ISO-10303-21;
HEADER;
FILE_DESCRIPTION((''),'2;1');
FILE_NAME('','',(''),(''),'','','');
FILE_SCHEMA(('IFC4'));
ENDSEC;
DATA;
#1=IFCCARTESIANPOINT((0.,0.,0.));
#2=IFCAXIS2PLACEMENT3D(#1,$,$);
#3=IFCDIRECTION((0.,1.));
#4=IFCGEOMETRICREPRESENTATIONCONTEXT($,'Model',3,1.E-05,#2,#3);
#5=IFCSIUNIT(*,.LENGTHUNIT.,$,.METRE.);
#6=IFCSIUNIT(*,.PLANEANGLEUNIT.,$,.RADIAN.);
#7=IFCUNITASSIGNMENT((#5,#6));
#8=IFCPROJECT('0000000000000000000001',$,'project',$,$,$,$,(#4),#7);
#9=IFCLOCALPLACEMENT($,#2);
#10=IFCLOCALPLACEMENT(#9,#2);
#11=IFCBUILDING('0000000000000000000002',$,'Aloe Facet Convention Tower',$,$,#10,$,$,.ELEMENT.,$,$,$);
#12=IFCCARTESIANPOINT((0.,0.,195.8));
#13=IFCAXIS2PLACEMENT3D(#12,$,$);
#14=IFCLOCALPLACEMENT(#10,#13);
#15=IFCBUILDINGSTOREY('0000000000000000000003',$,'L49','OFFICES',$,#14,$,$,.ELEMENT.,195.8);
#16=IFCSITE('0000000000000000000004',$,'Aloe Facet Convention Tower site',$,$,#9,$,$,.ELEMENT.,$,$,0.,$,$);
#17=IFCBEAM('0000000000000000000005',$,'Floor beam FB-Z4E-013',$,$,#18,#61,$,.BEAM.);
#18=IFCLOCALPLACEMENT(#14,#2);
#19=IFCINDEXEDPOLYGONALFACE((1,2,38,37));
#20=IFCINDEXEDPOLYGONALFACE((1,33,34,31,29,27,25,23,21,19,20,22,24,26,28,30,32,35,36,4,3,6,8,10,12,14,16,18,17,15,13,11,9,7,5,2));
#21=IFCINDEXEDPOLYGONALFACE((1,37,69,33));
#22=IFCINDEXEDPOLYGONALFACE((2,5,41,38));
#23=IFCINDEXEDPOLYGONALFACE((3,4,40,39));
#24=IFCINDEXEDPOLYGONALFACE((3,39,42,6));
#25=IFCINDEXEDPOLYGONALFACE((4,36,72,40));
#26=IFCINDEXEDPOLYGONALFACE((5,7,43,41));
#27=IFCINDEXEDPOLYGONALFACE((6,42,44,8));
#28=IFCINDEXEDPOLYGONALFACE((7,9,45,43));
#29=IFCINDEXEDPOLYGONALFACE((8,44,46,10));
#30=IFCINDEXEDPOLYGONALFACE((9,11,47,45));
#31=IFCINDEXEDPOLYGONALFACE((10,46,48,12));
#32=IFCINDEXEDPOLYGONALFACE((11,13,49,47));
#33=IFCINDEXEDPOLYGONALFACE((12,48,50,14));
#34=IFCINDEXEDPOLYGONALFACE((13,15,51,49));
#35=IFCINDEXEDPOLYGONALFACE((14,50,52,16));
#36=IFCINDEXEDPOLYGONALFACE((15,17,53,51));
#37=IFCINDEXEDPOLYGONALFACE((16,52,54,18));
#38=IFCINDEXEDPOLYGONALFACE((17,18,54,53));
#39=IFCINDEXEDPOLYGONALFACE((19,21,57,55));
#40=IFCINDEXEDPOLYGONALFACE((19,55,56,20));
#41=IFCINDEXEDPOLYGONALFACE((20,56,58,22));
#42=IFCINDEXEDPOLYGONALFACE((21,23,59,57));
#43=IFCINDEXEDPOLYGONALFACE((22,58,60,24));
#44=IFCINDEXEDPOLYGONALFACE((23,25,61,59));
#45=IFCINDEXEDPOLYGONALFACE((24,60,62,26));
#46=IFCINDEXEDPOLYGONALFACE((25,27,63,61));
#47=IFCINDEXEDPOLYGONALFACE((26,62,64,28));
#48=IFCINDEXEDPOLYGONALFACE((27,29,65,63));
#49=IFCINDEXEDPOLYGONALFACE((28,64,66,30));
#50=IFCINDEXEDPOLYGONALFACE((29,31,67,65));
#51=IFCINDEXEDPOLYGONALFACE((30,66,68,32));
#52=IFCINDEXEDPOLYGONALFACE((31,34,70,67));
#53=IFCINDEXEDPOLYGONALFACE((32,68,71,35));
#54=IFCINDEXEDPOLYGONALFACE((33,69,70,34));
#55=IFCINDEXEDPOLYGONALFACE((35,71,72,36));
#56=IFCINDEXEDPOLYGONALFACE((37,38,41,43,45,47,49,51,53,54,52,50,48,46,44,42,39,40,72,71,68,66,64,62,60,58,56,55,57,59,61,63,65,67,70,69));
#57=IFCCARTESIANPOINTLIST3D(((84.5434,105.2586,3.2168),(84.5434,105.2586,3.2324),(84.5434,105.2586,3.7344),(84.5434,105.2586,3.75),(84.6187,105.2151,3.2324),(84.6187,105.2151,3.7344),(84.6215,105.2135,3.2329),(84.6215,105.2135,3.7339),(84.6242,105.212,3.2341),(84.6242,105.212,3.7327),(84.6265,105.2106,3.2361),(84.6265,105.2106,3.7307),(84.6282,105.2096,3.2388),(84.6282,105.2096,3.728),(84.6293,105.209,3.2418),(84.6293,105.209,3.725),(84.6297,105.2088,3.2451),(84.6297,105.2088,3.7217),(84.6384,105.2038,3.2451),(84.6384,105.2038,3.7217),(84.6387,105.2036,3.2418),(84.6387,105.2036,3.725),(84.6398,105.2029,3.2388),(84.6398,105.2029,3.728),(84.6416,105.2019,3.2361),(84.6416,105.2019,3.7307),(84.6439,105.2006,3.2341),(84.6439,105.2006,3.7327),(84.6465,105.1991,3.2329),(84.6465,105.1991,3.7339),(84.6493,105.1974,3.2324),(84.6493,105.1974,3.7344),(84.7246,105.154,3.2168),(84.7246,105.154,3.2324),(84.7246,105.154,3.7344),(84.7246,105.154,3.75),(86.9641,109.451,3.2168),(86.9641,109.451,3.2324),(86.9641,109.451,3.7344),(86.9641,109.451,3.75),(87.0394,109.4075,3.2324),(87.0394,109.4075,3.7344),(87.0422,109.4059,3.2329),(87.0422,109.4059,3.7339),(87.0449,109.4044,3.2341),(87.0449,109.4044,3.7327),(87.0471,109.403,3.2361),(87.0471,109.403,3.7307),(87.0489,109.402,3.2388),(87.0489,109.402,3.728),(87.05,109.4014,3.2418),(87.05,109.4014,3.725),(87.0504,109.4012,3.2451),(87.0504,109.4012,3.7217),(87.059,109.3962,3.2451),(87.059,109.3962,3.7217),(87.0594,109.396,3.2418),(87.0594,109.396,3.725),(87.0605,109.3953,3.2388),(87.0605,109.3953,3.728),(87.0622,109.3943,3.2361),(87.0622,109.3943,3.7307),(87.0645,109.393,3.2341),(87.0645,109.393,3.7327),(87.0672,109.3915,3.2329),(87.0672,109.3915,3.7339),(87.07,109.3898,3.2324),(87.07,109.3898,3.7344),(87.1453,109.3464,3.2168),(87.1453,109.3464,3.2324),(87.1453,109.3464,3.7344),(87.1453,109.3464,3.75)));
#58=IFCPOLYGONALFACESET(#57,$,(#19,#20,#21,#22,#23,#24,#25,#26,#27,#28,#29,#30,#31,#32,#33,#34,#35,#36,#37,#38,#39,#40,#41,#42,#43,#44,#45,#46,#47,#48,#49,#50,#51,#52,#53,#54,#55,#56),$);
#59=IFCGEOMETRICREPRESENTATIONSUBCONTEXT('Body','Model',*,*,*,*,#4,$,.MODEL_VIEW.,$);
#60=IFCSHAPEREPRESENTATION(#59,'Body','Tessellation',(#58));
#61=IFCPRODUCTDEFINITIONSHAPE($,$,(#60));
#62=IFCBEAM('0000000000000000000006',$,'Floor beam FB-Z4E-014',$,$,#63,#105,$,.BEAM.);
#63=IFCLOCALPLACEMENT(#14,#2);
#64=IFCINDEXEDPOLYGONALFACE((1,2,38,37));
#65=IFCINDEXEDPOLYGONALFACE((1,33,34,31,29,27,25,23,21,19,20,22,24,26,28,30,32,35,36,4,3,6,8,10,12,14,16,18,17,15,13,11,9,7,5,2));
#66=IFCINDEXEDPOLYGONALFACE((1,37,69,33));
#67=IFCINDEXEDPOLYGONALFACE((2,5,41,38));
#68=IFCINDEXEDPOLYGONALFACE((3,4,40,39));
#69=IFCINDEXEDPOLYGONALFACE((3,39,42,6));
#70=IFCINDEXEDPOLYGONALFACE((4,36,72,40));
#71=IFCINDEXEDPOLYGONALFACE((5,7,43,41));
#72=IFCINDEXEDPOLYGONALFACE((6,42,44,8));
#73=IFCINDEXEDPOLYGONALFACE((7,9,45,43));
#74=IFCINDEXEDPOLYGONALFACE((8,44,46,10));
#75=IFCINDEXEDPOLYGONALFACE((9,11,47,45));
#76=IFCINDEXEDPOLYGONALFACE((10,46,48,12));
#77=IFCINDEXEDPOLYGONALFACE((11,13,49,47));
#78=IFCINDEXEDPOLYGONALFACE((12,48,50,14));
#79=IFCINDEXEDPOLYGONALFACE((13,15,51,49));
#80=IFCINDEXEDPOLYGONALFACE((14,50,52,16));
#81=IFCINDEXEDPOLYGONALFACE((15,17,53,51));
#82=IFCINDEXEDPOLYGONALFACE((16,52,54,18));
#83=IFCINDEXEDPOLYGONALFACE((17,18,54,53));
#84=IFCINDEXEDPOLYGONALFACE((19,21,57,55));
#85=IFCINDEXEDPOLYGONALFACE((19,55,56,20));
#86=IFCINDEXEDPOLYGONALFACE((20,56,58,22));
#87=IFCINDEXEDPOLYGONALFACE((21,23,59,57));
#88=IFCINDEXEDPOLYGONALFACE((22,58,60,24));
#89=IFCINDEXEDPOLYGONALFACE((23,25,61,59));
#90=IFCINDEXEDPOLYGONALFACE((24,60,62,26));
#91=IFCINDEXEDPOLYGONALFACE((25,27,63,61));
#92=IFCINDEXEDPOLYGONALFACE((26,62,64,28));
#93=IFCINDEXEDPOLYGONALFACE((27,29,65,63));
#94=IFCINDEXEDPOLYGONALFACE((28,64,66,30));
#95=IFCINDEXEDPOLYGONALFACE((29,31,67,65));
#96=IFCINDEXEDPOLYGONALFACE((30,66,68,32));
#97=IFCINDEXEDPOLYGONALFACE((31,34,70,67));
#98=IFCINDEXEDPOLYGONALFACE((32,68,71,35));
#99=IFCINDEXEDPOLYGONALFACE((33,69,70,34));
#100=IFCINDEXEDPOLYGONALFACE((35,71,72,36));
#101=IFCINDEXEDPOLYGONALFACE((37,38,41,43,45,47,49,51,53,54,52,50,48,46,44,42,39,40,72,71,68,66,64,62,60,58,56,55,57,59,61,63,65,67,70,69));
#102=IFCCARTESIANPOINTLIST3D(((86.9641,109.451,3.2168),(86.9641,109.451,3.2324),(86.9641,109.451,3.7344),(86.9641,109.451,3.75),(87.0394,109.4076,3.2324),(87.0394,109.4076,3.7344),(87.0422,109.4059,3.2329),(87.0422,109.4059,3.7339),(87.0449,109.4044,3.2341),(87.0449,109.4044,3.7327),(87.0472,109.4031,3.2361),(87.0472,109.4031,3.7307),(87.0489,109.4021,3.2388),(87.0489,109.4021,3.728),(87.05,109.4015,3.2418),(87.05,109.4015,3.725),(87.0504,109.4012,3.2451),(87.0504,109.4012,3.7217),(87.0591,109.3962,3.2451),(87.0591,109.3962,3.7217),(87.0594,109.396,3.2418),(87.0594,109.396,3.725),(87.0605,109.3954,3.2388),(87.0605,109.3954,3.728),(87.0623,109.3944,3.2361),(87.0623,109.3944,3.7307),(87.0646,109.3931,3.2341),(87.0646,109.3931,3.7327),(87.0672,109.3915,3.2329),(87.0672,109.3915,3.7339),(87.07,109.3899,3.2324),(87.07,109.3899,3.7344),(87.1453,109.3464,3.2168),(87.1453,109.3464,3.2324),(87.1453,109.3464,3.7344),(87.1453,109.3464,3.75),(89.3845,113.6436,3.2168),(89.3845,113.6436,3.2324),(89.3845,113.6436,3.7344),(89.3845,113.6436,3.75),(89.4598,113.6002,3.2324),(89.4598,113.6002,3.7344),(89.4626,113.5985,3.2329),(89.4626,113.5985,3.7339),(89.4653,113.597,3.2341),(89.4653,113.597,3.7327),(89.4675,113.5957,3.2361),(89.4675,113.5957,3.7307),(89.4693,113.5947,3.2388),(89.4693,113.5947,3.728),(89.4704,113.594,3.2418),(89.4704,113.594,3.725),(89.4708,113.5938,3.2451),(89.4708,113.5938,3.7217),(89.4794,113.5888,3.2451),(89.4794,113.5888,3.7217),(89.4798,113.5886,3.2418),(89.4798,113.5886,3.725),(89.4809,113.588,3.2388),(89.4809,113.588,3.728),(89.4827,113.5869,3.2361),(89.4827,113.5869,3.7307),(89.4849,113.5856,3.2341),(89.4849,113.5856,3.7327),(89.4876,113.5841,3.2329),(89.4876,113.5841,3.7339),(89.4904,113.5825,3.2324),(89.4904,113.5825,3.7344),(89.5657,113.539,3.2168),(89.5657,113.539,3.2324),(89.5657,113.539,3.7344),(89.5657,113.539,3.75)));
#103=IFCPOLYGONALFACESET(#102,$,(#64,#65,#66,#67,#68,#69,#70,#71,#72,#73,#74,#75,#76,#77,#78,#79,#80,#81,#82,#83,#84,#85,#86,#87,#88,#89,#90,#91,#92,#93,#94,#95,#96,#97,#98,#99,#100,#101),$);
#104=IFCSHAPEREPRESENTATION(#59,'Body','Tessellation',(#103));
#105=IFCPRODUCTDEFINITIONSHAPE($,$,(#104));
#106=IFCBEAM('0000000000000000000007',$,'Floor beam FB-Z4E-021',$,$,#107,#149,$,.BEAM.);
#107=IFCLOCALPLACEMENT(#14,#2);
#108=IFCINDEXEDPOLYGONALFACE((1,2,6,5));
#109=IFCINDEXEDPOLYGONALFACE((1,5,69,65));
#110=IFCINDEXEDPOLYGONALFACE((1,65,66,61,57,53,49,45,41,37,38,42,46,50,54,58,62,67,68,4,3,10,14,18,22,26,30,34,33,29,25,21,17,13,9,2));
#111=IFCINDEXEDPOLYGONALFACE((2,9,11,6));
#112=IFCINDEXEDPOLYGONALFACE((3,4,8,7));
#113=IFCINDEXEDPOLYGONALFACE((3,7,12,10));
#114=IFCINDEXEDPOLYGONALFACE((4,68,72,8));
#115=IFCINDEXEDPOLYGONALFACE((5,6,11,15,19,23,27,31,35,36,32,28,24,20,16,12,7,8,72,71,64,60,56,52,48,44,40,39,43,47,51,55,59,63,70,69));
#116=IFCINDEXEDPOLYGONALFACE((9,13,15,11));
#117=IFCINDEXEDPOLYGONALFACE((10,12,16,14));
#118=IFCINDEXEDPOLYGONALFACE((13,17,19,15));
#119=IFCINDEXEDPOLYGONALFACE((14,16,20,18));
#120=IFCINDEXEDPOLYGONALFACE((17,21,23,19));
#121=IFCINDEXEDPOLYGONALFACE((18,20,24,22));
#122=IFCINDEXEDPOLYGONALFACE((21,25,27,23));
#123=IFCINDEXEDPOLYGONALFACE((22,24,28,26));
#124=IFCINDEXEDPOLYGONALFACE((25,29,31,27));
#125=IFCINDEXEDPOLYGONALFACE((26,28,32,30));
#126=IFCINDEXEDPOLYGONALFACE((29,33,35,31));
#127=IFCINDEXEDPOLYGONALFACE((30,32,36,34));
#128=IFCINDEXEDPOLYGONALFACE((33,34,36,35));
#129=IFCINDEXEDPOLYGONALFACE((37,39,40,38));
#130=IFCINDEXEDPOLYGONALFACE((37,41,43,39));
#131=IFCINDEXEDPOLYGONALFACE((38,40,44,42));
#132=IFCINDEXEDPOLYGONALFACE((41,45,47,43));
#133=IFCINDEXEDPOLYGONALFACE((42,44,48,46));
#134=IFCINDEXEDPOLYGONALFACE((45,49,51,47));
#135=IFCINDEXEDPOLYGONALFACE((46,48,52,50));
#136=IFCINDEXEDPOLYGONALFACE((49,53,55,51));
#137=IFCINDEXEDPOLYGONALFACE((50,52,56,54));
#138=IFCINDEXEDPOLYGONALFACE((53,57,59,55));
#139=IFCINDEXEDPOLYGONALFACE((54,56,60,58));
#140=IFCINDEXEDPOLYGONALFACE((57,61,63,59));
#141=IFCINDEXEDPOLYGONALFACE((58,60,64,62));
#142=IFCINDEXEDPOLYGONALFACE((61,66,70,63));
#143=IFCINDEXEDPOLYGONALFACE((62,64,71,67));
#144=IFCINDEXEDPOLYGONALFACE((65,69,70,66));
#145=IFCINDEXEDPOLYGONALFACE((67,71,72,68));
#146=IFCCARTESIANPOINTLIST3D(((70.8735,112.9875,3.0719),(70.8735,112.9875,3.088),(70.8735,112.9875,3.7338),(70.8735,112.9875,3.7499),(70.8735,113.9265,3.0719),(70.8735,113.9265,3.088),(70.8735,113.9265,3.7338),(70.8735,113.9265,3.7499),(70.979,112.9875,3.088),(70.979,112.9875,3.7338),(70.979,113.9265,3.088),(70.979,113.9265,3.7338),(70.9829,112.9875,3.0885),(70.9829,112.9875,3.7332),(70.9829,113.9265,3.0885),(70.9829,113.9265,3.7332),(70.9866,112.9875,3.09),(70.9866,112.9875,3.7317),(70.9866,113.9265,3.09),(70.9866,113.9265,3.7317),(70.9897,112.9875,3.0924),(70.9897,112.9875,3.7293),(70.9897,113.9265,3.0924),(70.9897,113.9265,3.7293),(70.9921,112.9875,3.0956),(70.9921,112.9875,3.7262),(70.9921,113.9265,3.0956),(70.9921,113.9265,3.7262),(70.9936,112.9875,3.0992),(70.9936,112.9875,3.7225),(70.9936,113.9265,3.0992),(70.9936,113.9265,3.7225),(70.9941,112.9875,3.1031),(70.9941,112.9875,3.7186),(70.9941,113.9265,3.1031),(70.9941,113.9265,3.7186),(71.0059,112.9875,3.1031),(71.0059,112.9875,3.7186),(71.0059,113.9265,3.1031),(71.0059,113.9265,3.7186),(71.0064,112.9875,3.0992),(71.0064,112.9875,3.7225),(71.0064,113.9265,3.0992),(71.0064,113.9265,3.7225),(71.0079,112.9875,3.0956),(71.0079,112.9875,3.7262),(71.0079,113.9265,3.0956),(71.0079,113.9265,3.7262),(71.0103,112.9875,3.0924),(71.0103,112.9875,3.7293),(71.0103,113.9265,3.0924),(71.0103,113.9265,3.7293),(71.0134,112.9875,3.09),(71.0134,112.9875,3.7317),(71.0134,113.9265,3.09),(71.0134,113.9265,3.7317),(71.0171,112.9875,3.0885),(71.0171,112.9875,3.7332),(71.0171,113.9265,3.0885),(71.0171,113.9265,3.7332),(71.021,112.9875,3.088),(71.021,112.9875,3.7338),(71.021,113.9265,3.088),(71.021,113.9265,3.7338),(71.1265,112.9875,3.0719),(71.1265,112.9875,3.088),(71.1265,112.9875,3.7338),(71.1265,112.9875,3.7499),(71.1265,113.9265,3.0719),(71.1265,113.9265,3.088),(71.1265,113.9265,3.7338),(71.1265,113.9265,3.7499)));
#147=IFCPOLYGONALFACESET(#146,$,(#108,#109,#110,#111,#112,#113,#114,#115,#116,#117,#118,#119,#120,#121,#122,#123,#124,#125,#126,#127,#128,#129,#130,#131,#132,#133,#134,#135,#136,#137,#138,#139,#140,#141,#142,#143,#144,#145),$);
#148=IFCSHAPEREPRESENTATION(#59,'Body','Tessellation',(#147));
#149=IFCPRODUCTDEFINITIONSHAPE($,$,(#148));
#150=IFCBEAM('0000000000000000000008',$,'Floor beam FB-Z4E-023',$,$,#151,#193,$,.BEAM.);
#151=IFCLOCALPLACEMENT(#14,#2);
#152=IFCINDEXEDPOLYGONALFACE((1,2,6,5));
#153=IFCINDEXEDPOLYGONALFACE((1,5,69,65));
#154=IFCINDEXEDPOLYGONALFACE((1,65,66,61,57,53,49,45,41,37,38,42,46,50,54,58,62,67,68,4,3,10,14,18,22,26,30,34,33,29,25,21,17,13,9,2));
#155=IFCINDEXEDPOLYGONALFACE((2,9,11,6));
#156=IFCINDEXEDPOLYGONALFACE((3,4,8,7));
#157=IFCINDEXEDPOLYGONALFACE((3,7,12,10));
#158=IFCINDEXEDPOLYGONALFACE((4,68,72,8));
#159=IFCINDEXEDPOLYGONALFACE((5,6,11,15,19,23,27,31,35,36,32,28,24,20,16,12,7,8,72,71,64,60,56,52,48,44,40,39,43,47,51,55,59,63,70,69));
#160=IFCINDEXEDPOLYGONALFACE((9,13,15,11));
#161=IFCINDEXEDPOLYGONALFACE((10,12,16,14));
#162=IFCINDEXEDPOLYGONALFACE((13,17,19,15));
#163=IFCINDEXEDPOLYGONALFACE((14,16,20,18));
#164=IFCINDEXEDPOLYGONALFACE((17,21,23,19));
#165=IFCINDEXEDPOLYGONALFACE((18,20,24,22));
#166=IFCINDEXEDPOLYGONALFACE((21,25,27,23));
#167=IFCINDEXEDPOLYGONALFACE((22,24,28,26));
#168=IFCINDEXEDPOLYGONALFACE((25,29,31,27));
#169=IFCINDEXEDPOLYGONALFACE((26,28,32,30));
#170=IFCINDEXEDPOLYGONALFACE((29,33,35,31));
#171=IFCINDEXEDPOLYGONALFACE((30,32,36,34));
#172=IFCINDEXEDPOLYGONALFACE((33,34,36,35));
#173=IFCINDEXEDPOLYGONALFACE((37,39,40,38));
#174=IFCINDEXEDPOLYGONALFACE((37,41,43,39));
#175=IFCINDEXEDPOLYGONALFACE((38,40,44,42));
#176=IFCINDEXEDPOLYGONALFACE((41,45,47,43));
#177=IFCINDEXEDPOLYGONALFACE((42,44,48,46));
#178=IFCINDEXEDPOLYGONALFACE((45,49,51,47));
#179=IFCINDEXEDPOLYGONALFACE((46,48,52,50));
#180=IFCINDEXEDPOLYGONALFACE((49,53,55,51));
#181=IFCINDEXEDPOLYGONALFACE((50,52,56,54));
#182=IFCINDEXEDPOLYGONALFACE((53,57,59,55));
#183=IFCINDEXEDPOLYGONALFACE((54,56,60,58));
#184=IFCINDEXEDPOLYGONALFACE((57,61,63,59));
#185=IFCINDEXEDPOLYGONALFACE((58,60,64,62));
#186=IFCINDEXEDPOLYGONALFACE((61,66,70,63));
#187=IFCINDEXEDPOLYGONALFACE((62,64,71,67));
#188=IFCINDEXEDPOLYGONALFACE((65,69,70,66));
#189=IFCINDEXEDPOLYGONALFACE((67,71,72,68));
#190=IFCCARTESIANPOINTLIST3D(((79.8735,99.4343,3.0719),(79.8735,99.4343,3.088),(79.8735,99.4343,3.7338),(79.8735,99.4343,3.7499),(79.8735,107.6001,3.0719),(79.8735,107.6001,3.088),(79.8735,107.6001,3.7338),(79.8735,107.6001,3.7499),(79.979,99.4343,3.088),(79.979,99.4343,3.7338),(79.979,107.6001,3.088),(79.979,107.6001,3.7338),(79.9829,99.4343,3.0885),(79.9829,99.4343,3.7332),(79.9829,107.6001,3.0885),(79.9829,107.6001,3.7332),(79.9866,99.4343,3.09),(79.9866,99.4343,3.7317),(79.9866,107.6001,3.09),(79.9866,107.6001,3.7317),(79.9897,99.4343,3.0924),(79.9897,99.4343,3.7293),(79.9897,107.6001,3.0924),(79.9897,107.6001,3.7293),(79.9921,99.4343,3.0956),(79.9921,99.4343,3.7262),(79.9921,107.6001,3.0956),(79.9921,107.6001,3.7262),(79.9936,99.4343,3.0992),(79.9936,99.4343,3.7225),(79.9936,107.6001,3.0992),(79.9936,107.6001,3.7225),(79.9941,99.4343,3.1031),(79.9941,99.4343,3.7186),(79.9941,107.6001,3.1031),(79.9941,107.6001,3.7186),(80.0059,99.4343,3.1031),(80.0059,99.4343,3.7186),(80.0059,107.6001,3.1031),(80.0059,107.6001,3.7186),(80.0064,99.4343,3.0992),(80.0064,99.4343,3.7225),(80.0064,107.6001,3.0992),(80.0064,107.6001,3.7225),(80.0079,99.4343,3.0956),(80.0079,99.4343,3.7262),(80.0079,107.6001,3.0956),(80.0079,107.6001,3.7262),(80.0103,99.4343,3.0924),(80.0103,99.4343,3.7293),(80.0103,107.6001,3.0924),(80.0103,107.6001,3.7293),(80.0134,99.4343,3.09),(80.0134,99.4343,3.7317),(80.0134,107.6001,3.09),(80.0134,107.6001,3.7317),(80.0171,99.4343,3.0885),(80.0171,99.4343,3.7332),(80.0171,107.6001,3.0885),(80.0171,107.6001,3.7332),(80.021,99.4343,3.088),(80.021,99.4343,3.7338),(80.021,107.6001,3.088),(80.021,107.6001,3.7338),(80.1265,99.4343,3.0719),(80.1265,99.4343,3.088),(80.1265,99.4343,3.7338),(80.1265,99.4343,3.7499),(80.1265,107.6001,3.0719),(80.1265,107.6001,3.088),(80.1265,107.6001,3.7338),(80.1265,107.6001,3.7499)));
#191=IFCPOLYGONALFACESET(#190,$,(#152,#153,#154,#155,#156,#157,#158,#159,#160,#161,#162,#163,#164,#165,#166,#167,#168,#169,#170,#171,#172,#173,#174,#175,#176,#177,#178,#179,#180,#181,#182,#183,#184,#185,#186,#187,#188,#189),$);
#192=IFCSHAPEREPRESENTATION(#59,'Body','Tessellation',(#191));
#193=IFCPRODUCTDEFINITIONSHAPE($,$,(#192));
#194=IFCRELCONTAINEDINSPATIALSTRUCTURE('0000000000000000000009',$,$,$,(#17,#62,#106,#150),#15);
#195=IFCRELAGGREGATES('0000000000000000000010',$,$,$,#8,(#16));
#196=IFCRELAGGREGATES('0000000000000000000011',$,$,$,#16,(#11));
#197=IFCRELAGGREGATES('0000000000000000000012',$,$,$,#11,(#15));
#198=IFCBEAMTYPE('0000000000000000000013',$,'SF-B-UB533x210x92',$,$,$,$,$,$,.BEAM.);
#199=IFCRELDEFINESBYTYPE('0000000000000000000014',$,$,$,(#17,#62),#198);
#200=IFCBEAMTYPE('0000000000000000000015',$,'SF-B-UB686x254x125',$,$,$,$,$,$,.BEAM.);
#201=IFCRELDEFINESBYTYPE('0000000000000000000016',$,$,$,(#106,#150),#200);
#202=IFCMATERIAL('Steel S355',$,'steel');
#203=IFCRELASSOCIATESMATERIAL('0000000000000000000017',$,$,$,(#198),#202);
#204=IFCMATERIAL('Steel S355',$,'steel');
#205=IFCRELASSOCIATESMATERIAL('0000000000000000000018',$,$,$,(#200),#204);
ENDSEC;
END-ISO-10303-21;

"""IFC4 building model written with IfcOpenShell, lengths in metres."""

from ifc_helpers import new_model, si_unit, direction, frame, origin, origin_2d, place, context, subcontext, project, spatial, i_section, extrude, material, material_profile, profile_set, type_object, element, save


model = new_model("IFC4")

# Units and contexts
model_context = context("Model", 3, precision=1e-05, world=origin(), true_north=direction((0.0, 1.0)))
body_context = subcontext(model_context, "Body", "Model", "MODEL_VIEW")
ifc_project = project(units=[si_unit("LENGTHUNIT", "METRE"), si_unit("PLANEANGLEUNIT", "RADIAN")], contexts=[model_context])

# Site, building, storey
site_placement = place(None, origin())
site = spatial("IfcSite", under=ifc_project, at=site_placement, Name="Aloe Facet Convention Tower site", CompositionType="ELEMENT", RefElevation=0.0)
building_placement = place(site_placement, origin())
building = spatial("IfcBuilding", under=site, at=building_placement, Name="Aloe Facet Convention Tower", CompositionType="ELEMENT")
storey_placement = place(building_placement, frame((0.0, 0.0, 195.8)))
storey = spatial("IfcBuildingStorey", under=building, at=storey_placement, Name="L49", Description="OFFICES", CompositionType="ELEMENT", Elevation=195.8)

# Beams
ifc_material_1 = material(Name="Steel S355", Category="steel")
ifc_material_profile_1 = material_profile(ifc_material_1, i_section(OverallWidth=0.2092, OverallDepth=0.5332, WebThickness=0.01, FlangeThickness=0.0156, FilletRadius=0.0127, at=origin_2d()), Name="UB 533x210x92")
ifc_profile_set_1 = profile_set([ifc_material_profile_1], Name="Steel S355")
beam_type_1 = type_object("IfcBeamType", Name="SF-B-UB533x210x92", PredefinedType="BEAM", material=ifc_profile_set_1)
for number, where, z_axis, x_axis, name in (
    (1, (87.0547, 109.3987, 3.4834), (-0.500028, -0.866009, 0.0), (0.866009, -0.500028, 0.0), "Floor beam FB-Z4E-013"),
    (2, (89.4751, 113.5913, 3.4834), (-0.499968, -0.866044, 0.0), (0.866044, -0.499968, 0.0), "Floor beam FB-Z4E-014"),
):
    element("IfcBeam", number, at=place(storey_placement, frame(where, z_axis=z_axis, x_axis=x_axis)), inside=storey, type_object=beam_type_1, Name=name, PredefinedType="BEAM", context=body_context, shape_type="SweptSolid", body=[
        extrude(i_section(OverallWidth=0.2092, OverallDepth=0.5332, WebThickness=0.01, FlangeThickness=0.0156, FilletRadius=0.0127, at=origin_2d()), origin(), (0.0, 0.0, 1.0), 4.8411),
    ])
ifc_material_2 = material(Name="Steel S355", Category="steel")
ifc_material_profile_2 = material_profile(ifc_material_2, i_section(OverallWidth=0.2529, OverallDepth=0.678, WebThickness=0.0117, FlangeThickness=0.0161, FilletRadius=0.0151, at=origin_2d()), Name="UB 686x254x125")
ifc_profile_set_2 = profile_set([ifc_material_profile_2], Name="Steel S355")
beam_type_2 = type_object("IfcBeamType", Name="SF-B-UB686x254x125", PredefinedType="BEAM", material=ifc_profile_set_2)
beam_1_placement = place(storey_placement, frame((71.0, 113.9265, 3.4109), z_axis=(0.0, -1.0, 0.0), x_axis=(1.0, 0.0, 0.0)))
element("IfcBeam", 3, at=beam_1_placement, inside=storey, type_object=beam_type_2, Name="Floor beam FB-Z4E-021", PredefinedType="BEAM", context=body_context, shape_type="SweptSolid", body=[
    extrude(i_section(OverallWidth=0.2529, OverallDepth=0.678, WebThickness=0.0117, FlangeThickness=0.0161, FilletRadius=0.0151, at=origin_2d()), origin(), (0.0, 0.0, 1.0), 0.939),
])
beam_2_placement = place(storey_placement, frame((80.0, 107.6001, 3.4109), z_axis=(0.0, -1.0, 0.0), x_axis=(1.0, 0.0, 0.0)))
element("IfcBeam", 4, at=beam_2_placement, inside=storey, type_object=beam_type_2, Name="Floor beam FB-Z4E-023", PredefinedType="BEAM", context=body_context, shape_type="SweptSolid", body=[
    extrude(i_section(OverallWidth=0.2529, OverallDepth=0.678, WebThickness=0.0117, FlangeThickness=0.0161, FilletRadius=0.0151, at=origin_2d()), origin(), (0.0, 0.0, 1.0), 8.1658),
])

save(model, "model.ifc")
